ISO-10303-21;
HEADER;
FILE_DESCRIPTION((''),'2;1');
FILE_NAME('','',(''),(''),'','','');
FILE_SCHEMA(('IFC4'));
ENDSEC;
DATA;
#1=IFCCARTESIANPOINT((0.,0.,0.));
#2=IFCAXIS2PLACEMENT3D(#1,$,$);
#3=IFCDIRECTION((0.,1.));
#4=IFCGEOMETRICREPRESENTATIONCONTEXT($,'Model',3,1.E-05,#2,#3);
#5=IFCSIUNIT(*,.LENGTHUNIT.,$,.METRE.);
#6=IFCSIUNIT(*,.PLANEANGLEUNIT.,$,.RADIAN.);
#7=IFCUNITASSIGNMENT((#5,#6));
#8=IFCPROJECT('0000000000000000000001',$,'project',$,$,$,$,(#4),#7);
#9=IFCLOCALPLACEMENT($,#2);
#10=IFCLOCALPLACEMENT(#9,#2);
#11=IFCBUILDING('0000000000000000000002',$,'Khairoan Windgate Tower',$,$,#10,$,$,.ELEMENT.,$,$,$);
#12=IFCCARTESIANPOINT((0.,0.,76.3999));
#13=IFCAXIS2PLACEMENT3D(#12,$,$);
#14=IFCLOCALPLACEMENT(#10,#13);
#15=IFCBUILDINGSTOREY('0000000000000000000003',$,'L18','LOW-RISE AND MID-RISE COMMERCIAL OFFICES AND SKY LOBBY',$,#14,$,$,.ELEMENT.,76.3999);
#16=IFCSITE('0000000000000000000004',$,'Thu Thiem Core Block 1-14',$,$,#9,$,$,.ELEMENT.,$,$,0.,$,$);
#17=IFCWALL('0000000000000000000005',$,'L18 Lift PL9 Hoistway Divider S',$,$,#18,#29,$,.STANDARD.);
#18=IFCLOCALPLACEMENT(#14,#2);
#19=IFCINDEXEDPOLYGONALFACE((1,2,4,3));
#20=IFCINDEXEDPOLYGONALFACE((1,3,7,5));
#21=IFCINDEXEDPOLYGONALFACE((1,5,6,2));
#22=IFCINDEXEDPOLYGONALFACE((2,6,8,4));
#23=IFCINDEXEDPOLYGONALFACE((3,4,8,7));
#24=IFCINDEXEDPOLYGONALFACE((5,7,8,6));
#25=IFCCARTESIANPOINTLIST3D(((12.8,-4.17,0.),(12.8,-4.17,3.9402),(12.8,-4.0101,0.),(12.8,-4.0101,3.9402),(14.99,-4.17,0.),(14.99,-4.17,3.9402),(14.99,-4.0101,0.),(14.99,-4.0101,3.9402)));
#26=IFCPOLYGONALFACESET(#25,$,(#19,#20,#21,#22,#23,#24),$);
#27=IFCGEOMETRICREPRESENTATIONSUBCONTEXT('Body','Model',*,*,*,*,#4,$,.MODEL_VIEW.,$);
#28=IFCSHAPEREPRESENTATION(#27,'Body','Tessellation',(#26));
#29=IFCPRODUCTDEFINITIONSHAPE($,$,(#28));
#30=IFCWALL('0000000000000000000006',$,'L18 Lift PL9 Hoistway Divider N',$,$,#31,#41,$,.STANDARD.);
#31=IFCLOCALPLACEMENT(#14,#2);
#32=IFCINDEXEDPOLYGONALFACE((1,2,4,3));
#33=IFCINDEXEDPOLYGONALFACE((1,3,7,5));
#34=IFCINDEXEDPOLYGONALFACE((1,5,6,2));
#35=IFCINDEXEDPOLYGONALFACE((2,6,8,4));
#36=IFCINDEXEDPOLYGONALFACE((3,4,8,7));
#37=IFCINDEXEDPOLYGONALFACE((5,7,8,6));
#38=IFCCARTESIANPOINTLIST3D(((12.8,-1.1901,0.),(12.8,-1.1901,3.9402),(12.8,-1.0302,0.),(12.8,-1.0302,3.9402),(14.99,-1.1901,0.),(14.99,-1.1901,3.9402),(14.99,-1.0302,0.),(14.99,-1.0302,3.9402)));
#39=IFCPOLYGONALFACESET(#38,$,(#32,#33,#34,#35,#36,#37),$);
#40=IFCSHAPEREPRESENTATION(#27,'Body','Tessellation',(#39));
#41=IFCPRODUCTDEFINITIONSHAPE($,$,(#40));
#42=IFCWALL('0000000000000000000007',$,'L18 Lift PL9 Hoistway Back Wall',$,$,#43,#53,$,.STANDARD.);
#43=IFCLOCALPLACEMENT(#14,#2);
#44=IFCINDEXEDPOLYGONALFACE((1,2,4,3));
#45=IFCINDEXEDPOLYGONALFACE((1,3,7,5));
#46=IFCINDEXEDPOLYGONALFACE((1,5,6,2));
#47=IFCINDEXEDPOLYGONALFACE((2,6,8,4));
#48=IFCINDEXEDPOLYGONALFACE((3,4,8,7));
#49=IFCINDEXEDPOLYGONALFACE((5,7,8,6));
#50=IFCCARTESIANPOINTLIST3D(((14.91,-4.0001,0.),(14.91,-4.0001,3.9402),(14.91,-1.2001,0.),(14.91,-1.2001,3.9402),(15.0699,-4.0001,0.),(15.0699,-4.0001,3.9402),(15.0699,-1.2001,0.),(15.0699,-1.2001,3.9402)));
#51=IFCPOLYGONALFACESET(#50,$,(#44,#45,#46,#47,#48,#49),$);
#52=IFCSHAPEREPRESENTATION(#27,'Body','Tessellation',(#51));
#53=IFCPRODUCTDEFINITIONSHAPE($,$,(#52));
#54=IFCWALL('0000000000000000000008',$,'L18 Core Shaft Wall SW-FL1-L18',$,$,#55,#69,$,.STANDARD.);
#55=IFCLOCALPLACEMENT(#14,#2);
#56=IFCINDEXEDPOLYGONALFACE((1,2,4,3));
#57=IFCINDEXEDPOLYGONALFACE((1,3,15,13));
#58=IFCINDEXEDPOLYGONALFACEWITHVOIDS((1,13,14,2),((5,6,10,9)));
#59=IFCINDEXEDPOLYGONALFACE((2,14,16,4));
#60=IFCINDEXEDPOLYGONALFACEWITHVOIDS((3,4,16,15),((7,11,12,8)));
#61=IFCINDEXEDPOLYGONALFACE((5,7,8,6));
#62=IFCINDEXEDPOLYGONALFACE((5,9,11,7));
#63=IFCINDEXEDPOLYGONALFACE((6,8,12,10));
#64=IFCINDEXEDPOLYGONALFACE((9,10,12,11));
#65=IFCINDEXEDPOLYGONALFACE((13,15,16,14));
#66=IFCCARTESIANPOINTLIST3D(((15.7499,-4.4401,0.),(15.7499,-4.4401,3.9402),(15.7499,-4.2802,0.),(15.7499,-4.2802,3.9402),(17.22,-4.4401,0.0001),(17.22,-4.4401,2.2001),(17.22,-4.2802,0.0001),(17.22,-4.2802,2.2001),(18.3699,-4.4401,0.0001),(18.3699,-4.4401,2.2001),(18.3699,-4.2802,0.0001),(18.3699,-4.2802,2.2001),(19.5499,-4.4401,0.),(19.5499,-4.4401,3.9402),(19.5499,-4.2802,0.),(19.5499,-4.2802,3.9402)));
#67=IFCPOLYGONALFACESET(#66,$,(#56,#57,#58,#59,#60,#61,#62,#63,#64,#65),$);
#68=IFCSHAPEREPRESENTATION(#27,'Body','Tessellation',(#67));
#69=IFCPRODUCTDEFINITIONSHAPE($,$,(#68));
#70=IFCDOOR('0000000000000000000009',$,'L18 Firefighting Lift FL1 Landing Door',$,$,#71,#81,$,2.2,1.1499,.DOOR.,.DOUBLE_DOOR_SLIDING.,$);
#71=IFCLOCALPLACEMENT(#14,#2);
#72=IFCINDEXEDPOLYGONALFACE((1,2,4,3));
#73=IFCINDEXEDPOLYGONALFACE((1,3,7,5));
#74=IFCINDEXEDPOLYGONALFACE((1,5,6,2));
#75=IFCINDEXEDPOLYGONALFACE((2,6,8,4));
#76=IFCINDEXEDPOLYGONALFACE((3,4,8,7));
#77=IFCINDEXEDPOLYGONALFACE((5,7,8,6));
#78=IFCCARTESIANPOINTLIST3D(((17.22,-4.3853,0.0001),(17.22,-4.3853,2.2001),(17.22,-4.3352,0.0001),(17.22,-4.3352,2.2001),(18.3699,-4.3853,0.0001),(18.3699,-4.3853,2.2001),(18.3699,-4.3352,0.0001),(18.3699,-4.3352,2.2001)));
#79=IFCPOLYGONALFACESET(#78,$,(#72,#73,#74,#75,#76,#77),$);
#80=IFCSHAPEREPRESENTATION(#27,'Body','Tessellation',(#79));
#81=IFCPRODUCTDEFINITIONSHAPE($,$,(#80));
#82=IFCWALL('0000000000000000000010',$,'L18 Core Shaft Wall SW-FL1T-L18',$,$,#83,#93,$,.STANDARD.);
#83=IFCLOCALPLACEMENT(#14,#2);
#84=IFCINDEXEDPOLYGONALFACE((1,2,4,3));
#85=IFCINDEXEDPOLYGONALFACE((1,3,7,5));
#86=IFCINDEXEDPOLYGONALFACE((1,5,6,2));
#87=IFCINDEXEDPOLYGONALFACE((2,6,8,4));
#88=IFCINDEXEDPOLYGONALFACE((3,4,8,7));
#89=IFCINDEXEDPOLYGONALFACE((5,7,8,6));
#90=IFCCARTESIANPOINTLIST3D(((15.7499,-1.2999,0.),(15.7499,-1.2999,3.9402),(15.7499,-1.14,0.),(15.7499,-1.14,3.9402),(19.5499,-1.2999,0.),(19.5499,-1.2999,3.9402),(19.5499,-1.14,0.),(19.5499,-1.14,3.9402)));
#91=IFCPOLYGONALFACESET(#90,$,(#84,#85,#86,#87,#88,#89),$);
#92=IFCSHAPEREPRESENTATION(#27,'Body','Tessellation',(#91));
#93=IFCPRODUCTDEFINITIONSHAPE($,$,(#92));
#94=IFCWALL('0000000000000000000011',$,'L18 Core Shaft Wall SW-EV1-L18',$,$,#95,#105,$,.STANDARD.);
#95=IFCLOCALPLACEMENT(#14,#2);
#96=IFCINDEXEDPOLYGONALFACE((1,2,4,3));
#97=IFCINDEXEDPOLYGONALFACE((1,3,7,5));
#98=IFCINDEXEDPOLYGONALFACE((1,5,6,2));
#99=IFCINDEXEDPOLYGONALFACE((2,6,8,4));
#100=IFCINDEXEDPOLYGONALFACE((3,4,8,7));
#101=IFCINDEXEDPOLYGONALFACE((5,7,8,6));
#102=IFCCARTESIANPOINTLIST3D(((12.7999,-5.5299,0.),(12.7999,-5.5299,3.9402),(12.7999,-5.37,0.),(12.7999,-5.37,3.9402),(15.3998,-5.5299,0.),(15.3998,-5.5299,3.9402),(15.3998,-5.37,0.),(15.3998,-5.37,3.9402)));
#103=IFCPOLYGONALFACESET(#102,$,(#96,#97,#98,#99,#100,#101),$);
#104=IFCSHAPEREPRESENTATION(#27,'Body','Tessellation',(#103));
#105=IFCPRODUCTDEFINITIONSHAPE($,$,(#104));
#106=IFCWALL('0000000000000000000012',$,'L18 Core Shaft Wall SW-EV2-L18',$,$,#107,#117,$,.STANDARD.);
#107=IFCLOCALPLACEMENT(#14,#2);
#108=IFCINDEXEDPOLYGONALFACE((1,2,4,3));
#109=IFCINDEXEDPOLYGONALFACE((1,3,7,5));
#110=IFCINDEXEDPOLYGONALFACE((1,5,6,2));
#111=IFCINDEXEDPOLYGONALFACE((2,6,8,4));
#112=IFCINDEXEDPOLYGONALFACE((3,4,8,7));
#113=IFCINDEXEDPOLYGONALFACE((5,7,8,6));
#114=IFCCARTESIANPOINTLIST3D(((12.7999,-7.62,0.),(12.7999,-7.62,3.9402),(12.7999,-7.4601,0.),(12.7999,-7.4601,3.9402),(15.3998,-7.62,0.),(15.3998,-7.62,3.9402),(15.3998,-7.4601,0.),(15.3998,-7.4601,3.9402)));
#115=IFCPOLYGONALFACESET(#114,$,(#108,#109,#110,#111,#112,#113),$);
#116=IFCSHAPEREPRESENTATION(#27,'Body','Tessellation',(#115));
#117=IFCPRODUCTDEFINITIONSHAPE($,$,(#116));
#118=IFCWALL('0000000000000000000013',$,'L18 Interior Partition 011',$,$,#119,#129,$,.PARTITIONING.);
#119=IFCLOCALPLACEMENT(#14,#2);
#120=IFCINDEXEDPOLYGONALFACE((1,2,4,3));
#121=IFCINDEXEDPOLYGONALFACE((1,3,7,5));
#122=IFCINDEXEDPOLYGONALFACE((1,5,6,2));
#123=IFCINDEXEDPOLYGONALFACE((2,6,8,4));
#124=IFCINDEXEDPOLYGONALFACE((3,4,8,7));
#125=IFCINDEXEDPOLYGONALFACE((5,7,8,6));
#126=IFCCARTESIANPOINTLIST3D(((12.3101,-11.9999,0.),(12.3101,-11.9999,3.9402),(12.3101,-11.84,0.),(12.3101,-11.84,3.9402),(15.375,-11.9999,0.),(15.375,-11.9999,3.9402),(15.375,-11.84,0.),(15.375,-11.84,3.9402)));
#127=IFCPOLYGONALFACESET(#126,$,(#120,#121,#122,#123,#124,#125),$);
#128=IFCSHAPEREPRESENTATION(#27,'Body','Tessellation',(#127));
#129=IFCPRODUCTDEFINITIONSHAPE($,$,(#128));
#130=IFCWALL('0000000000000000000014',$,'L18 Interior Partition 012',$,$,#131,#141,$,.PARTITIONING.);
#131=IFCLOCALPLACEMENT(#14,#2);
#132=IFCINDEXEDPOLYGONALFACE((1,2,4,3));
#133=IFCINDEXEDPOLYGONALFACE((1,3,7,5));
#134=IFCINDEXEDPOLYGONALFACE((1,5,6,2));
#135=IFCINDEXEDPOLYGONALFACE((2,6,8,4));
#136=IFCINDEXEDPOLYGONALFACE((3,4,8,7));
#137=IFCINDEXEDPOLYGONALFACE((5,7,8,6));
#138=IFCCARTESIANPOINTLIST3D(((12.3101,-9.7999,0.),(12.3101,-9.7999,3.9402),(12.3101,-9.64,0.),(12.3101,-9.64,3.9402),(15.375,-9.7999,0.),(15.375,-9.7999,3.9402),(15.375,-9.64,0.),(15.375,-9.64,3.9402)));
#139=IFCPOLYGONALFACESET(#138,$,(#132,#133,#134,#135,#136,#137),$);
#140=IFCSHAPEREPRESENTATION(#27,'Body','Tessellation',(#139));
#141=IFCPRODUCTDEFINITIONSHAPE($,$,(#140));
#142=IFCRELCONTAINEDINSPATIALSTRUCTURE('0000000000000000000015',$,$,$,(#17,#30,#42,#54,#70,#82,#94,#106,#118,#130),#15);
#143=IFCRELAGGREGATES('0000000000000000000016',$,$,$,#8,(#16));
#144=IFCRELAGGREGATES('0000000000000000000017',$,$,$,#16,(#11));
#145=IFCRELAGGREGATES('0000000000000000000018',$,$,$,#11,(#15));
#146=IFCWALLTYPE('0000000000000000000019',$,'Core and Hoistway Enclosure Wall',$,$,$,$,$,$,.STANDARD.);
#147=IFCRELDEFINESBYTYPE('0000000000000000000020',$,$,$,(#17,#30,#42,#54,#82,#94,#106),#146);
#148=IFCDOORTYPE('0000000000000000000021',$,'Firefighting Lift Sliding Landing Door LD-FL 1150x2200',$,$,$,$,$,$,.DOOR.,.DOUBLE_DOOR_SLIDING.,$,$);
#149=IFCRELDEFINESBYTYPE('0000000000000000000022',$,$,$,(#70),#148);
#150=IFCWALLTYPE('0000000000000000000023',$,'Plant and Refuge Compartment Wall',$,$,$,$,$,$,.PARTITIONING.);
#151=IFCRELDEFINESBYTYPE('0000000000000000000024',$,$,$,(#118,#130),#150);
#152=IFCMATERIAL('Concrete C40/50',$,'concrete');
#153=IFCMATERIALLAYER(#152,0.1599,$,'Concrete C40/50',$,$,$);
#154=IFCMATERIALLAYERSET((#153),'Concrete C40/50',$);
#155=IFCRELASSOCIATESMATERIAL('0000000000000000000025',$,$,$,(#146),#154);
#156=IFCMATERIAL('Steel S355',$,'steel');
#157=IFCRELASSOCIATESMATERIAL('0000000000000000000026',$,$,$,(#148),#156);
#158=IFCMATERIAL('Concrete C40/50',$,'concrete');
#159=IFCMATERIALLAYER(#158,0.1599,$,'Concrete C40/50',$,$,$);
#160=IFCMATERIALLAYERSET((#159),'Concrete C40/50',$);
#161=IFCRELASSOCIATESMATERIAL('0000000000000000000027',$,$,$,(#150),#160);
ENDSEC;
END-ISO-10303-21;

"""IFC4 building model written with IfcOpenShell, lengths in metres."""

from ifc_helpers import new_model, si_unit, direction, frame, frame_2d, origin, place, context, subcontext, project, spatial, rectangle, extrude, material, layer, layer_set, type_object, element, fill, save


model = new_model("IFC4")

# Units and contexts
model_context = context("Model", 3, precision=1e-05, world=origin(), true_north=direction((0.0, 1.0)))
body_context = subcontext(model_context, "Body", "Model", "MODEL_VIEW")
ifc_project = project(units=[si_unit("LENGTHUNIT", "METRE"), si_unit("PLANEANGLEUNIT", "RADIAN")], contexts=[model_context])

# Site, building, storey
site_placement = place(None, origin())
site = spatial("IfcSite", under=ifc_project, at=site_placement, Name="Thu Thiem Core Block 1-14", CompositionType="ELEMENT", RefElevation=0.0)
building_placement = place(site_placement, origin())
building = spatial("IfcBuilding", under=site, at=building_placement, Name="Khairoan Windgate Tower", CompositionType="ELEMENT")
storey_placement = place(building_placement, frame((0.0, 0.0, 76.3999)))
storey = spatial("IfcBuildingStorey", under=building, at=storey_placement, Name="L18", Description="LOW-RISE AND MID-RISE COMMERCIAL OFFICES AND SKY LOBBY", CompositionType="ELEMENT", Elevation=76.3999)

# Walls
ifc_material_1 = material(Name="Concrete C40/50", Category="concrete")
ifc_layer_1 = layer(ifc_material_1, 0.1599, Name="Concrete C40/50")
ifc_layer_set_1 = layer_set([ifc_layer_1], Name="Concrete C40/50")
wall_type_1 = type_object("IfcWallType", Name="Core and Hoistway Enclosure Wall", PredefinedType="STANDARD", material=ifc_layer_set_1)
for number, where, z_axis, x_axis, name in (
    (1, (12.8, -4.0901, 0.0), (0.0, 0.0, 1.0), (1.0, 0.0, 0.0), "L18 Lift PL9 Hoistway Divider S"),
    (2, (12.8, -1.1101, 0.0), (0.0, 0.0, 1.0), (1.0, 0.0, 0.0), "L18 Lift PL9 Hoistway Divider N"),
):
    element("IfcWall", number, at=place(storey_placement, frame(where, z_axis=z_axis, x_axis=x_axis)), inside=storey, type_object=wall_type_1, Name=name, PredefinedType="STANDARD", context=body_context, shape_type="SweptSolid", body=[
        extrude(rectangle(XDim=2.1899, YDim=0.1599, at=frame_2d((1.095, 0.0))), origin(), (0.0, 0.0, 1.0), 3.9402),
    ])
wall_1_placement = place(storey_placement, frame((14.99, -4.0, 0.0), z_axis=(0.0, 0.0, 1.0), x_axis=(0.0, 1.0, 0.0)))
element("IfcWall", 3, at=wall_1_placement, inside=storey, type_object=wall_type_1, Name="L18 Lift PL9 Hoistway Back Wall", PredefinedType="STANDARD", context=body_context, shape_type="SweptSolid", body=[
    extrude(rectangle(XDim=2.8, YDim=0.1599, at=frame_2d((1.3999, 0.0))), origin(), (0.0, 0.0, 1.0), 3.9402),
])

# Wall, opening, door
wall_2_placement = place(storey_placement, frame((15.75, -4.3601, 0.0), z_axis=(0.0, 0.0, 1.0), x_axis=(1.0, 0.0, 0.0)))
wall_2 = element("IfcWall", 4, at=wall_2_placement, inside=storey, type_object=wall_type_1, Name="L18 Core Shaft Wall SW-FL1-L18", PredefinedType="STANDARD", context=body_context, shape_type="SweptSolid", body=[
    extrude(rectangle(XDim=3.8, YDim=0.1599, at=frame_2d((1.8999, 0.0))), origin(), (0.0, 0.0, 1.0), 3.9402),
])
opening_placement = place(wall_2_placement, frame((1.47, 0.0, 0.0)))
opening = element("IfcOpeningElement", 5, at=opening_placement, cuts=wall_2, PredefinedType="OPENING", context=body_context, shape_type="SweptSolid", body=[
    extrude(rectangle(XDim=1.1499, YDim=2.2, at=frame_2d((0.575, 1.1001))), frame((0.0, 0.0898, 0.0), z_axis=(0.0, -1.0, 0.0), x_axis=(1.0, 0.0, 0.0)), (0.0, 0.0, 1.0), 0.1799),
])
ifc_material_2 = material(Name="Steel S355", Category="steel")
door_type = type_object("IfcDoorType", Name="Firefighting Lift Sliding Landing Door LD-FL 1150x2200", OperationType="DOUBLE_DOOR_SLIDING", PredefinedType="DOOR", material=ifc_material_2)
door_placement = place(opening_placement, origin())
door = element("IfcDoor", 6, at=door_placement, inside=storey, type_object=door_type, Name="L18 Firefighting Lift FL1 Landing Door", OperationType="DOUBLE_DOOR_SLIDING", OverallHeight=2.2, OverallWidth=1.1499, PredefinedType="DOOR", context=body_context, shape_type="SweptSolid", body=[
    extrude(rectangle(XDim=1.1499, YDim=2.2, at=frame_2d((0.575, 1.1001))), frame((0.0, 0.0249, 0.0), z_axis=(0.0, -1.0, 0.0), x_axis=(1.0, 0.0, 0.0)), (0.0, 0.0, 1.0), 0.05),
])
fill(opening, door)

# Walls
wall_3_placement = place(storey_placement, frame((15.75, -1.22, 0.0), z_axis=(0.0, 0.0, 1.0), x_axis=(1.0, 0.0, 0.0)))
element("IfcWall", 7, at=wall_3_placement, inside=storey, type_object=wall_type_1, Name="L18 Core Shaft Wall SW-FL1T-L18", PredefinedType="STANDARD", context=body_context, shape_type="SweptSolid", body=[
    extrude(rectangle(XDim=3.8, YDim=0.1599, at=frame_2d((1.8999, 0.0))), origin(), (0.0, 0.0, 1.0), 3.9402),
])
for number, where, z_axis, x_axis, name in (
    (8, (12.8, -5.45, 0.0), (0.0, 0.0, 1.0), (1.0, 0.0, 0.0), "L18 Core Shaft Wall SW-EV1-L18"),
    (9, (12.8, -7.54, 0.0), (0.0, 0.0, 1.0), (1.0, 0.0, 0.0), "L18 Core Shaft Wall SW-EV2-L18"),
):
    element("IfcWall", number, at=place(storey_placement, frame(where, z_axis=z_axis, x_axis=x_axis)), inside=storey, type_object=wall_type_1, Name=name, PredefinedType="STANDARD", context=body_context, shape_type="SweptSolid", body=[
        extrude(rectangle(XDim=2.5999, YDim=0.1599, at=frame_2d((1.2998, 0.0))), origin(), (0.0, 0.0, 1.0), 3.9402),
    ])
ifc_material_3 = material(Name="Concrete C40/50", Category="concrete")
ifc_layer_2 = layer(ifc_material_3, 0.1599, Name="Concrete C40/50")
ifc_layer_set_2 = layer_set([ifc_layer_2], Name="Concrete C40/50")
wall_type_2 = type_object("IfcWallType", Name="Plant and Refuge Compartment Wall", PredefinedType="PARTITIONING", material=ifc_layer_set_2)
for number, where, z_axis, x_axis, name in (
    (10, (12.3101, -11.9199, 0.0), (0.0, 0.0, 1.0), (1.0, 0.0, 0.0), "L18 Interior Partition 011"),
    (11, (12.3101, -9.72, 0.0), (0.0, 0.0, 1.0), (1.0, 0.0, 0.0), "L18 Interior Partition 012"),
):
    element("IfcWall", number, at=place(storey_placement, frame(where, z_axis=z_axis, x_axis=x_axis)), inside=storey, type_object=wall_type_2, Name=name, PredefinedType="PARTITIONING", context=body_context, shape_type="SweptSolid", body=[
        extrude(rectangle(XDim=3.0649, YDim=0.1599, at=frame_2d((1.5325, 0.0))), origin(), (0.0, 0.0, 1.0), 3.9402),
    ])

save(model, "model.ifc")
